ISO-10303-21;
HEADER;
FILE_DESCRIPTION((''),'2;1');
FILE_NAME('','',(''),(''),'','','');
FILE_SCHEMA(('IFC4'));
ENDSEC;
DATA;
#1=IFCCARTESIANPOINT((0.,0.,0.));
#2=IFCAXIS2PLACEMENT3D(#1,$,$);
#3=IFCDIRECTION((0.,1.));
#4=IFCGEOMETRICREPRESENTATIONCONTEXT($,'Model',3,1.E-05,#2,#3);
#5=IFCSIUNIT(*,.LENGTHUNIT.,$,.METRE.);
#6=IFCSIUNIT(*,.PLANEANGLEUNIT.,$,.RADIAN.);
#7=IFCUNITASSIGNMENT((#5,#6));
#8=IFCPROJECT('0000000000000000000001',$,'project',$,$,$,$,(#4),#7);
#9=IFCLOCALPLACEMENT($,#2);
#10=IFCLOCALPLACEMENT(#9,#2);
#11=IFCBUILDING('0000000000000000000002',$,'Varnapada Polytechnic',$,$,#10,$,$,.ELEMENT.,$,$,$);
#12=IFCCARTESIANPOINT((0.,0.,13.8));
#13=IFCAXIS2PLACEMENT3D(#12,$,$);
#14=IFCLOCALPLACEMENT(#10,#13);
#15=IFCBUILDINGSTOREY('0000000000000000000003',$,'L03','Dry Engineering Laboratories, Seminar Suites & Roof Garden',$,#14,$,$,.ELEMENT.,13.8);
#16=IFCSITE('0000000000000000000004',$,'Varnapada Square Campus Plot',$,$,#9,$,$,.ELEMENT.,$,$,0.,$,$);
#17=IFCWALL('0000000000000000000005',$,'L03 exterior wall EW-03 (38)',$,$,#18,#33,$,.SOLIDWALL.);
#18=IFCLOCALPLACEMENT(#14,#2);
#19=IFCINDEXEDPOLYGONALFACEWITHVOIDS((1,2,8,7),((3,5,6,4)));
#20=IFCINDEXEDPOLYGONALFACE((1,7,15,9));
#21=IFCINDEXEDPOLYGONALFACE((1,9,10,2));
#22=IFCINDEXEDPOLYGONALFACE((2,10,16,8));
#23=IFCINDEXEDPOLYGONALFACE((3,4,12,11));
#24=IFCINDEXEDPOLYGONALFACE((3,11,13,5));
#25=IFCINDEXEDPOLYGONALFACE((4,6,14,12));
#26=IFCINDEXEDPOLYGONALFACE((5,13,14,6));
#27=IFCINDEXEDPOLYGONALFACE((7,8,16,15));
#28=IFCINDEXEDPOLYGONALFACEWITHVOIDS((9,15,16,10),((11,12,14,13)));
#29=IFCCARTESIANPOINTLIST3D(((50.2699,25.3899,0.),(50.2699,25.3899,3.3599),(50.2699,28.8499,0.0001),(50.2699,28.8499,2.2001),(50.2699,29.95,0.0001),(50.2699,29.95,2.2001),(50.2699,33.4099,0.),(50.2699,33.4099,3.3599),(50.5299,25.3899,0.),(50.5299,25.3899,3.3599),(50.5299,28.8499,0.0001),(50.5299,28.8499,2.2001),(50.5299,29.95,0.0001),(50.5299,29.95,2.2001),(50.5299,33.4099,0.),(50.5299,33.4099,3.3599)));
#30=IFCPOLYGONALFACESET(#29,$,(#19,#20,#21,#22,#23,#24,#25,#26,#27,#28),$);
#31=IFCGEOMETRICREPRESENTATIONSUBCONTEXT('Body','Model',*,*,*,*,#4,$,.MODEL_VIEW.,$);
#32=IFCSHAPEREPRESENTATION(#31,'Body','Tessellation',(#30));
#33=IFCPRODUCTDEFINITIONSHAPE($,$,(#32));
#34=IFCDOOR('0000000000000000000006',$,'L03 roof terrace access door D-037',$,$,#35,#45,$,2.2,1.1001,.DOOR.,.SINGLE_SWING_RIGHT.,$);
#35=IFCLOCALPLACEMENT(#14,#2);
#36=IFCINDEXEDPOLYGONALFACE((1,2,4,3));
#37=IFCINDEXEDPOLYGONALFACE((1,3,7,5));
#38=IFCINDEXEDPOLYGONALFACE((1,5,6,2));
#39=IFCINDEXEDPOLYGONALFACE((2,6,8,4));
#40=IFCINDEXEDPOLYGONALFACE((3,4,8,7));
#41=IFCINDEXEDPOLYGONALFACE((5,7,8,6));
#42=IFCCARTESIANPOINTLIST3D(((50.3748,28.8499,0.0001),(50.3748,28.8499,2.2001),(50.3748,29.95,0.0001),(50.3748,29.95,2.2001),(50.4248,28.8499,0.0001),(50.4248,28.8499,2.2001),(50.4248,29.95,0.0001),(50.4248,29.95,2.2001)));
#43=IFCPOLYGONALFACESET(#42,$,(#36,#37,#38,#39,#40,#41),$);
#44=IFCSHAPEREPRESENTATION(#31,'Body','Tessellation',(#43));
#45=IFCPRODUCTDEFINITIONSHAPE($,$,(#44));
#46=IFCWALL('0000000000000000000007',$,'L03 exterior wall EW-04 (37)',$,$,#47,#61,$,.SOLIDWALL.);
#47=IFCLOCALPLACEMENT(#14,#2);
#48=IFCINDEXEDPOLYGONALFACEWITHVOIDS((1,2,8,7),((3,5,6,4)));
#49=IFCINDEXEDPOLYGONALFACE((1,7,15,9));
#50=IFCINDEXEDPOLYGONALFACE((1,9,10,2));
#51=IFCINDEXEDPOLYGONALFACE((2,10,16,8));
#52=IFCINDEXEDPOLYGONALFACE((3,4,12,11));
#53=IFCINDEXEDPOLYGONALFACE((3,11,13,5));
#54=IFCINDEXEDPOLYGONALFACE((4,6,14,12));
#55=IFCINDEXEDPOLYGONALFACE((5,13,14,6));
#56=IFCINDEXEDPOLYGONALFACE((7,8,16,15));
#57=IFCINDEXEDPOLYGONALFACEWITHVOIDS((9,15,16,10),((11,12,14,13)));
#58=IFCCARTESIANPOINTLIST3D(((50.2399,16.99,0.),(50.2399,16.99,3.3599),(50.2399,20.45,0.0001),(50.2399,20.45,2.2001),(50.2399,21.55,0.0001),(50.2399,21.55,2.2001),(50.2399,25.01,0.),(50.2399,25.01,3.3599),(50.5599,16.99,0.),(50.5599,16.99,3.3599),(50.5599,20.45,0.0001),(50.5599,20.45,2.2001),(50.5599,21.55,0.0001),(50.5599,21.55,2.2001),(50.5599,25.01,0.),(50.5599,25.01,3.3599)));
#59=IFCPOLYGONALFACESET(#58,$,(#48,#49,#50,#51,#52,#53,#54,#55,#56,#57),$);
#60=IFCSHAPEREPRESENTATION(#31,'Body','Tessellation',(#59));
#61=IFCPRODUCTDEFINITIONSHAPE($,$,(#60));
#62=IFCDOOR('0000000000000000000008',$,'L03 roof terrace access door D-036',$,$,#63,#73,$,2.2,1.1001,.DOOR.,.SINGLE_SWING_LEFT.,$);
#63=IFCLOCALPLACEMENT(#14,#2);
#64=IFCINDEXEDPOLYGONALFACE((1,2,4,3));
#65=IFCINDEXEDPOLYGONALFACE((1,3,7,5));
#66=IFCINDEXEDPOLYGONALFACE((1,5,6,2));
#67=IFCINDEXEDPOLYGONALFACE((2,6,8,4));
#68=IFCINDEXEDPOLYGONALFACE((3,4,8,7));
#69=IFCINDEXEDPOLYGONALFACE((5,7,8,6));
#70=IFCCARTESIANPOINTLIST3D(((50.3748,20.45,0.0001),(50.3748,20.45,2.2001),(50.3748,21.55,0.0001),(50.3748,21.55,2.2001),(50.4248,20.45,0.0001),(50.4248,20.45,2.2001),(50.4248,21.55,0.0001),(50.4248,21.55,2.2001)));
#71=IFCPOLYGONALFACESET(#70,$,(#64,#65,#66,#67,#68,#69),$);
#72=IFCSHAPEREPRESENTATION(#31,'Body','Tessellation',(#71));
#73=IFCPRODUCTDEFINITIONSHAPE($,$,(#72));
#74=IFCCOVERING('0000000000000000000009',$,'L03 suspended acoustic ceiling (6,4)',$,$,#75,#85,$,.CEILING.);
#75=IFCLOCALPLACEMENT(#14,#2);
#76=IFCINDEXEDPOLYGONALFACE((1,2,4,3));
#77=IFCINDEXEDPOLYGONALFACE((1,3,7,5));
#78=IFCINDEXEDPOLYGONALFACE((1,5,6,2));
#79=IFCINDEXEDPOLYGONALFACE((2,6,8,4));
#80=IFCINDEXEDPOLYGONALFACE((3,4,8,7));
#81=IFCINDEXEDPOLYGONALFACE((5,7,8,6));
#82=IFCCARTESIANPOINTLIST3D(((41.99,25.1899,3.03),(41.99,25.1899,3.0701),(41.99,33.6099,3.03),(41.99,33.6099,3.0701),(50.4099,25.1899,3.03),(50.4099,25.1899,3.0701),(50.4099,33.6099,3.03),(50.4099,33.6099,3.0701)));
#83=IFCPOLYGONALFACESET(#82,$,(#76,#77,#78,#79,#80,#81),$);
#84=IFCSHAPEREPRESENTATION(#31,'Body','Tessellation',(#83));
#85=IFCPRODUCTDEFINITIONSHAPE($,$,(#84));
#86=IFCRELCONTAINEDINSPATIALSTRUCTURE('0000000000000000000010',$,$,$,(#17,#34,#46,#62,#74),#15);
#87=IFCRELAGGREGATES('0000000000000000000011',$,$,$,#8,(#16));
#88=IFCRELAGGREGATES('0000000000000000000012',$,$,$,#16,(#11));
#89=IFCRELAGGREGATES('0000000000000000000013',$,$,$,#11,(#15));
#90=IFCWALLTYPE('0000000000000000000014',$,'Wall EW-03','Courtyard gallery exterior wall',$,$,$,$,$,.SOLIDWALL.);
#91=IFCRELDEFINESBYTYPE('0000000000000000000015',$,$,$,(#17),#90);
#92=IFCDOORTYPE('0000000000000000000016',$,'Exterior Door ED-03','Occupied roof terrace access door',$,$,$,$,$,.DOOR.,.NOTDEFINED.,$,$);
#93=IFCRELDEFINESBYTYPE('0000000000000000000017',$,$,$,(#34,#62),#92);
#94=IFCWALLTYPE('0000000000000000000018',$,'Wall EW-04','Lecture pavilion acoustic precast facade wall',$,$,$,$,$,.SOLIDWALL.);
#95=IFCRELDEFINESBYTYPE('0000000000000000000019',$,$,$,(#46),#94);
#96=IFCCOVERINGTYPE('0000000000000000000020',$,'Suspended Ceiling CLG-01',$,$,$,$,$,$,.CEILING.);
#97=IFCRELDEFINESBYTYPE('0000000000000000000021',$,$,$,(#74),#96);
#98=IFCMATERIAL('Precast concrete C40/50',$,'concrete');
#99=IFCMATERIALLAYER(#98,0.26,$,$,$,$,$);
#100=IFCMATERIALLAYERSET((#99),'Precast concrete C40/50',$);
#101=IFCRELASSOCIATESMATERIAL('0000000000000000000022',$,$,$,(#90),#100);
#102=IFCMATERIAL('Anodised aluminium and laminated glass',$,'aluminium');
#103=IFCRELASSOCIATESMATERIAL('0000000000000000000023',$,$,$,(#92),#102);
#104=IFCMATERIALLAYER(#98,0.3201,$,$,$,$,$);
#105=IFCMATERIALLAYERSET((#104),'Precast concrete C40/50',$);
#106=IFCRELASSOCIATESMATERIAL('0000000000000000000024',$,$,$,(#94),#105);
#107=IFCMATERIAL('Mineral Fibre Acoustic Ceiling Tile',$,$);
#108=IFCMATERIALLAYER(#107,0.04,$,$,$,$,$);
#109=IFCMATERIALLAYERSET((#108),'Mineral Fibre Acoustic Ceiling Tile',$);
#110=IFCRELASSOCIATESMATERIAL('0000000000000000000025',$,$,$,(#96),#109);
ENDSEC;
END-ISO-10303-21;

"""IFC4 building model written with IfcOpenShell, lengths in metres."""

from ifc_helpers import new_model, si_unit, direction, frame, frame_2d, origin, origin_2d, place, context, subcontext, project, spatial, rectangle, extrude, material, layer, layer_set, type_object, element, fill, save


model = new_model("IFC4")

# Units and contexts
model_context = context("Model", 3, precision=1e-05, world=origin(), true_north=direction((0.0, 1.0)))
body_context = subcontext(model_context, "Body", "Model", "MODEL_VIEW")
ifc_project = project(units=[si_unit("LENGTHUNIT", "METRE"), si_unit("PLANEANGLEUNIT", "RADIAN")], contexts=[model_context])

# Site, building, storey
site_placement = place(None, origin())
site = spatial("IfcSite", under=ifc_project, at=site_placement, Name="Varnapada Square Campus Plot", CompositionType="ELEMENT", RefElevation=0.0)
building_placement = place(site_placement, origin())
building = spatial("IfcBuilding", under=site, at=building_placement, Name="Varnapada Polytechnic", CompositionType="ELEMENT")
storey_placement = place(building_placement, frame((0.0, 0.0, 13.8)))
storey = spatial("IfcBuildingStorey", under=building, at=storey_placement, Name="L03", Description="Dry Engineering Laboratories, Seminar Suites & Roof Garden", CompositionType="ELEMENT", Elevation=13.8)

# Walls, openings, doors
ifc_material_1 = material(Name="Precast concrete C40/50", Category="concrete")
ifc_layer_1 = layer(ifc_material_1, 0.26)
ifc_layer_set_1 = layer_set([ifc_layer_1], Name="Precast concrete C40/50")
wall_type_1 = type_object("IfcWallType", Name="Wall EW-03", Description="Courtyard gallery exterior wall", PredefinedType="SOLIDWALL", material=ifc_layer_set_1)
wall_1_placement = place(storey_placement, frame((50.3999, 33.4099, 0.0), z_axis=(0.0, 0.0, 1.0), x_axis=(0.0, -1.0, 0.0)))
wall_1 = element("IfcWall", 1, at=wall_1_placement, inside=storey, type_object=wall_type_1, Name="L03 exterior wall EW-03 (38)", PredefinedType="SOLIDWALL", context=body_context, shape_type="SweptSolid", body=[
    extrude(rectangle(XDim=8.02, YDim=0.26, at=frame_2d((4.01, 0.0))), origin(), (0.0, 0.0, 1.0), 3.3599),
])
opening_1_placement = place(wall_1_placement, frame((3.46, 0.0, 0.0)))
opening_1 = element("IfcOpeningElement", 2, at=opening_1_placement, cuts=wall_1, PredefinedType="OPENING", context=body_context, shape_type="SweptSolid", body=[
    extrude(rectangle(XDim=1.1001, YDim=2.2, at=frame_2d((0.55, 1.1001))), frame((0.0, 0.1399, 0.0), z_axis=(0.0, -1.0, 0.0), x_axis=(1.0, 0.0, 0.0)), (0.0, 0.0, 1.0), 0.28),
])
ifc_material_2 = material(Name="Anodised aluminium and laminated glass", Category="aluminium")
door_type_1 = type_object("IfcDoorType", Name="Exterior Door ED-03", Description="Occupied roof terrace access door", OperationType="NOTDEFINED", PredefinedType="DOOR", material=ifc_material_2)
door_1_placement = place(opening_1_placement, origin())
door_1 = element("IfcDoor", 3, at=door_1_placement, inside=storey, type_object=door_type_1, Name="L03 roof terrace access door D-037", OperationType="SINGLE_SWING_RIGHT", OverallHeight=2.2, OverallWidth=1.1001, PredefinedType="DOOR", context=body_context, shape_type="SweptSolid", body=[
    extrude(rectangle(XDim=1.1001, YDim=2.2, at=frame_2d((0.55, 1.1001))), frame((0.0, 0.0249, 0.0), z_axis=(0.0, -1.0, 0.0), x_axis=(1.0, 0.0, 0.0)), (0.0, 0.0, 1.0), 0.05),
])
fill(opening_1, door_1)
ifc_layer_2 = layer(ifc_material_1, 0.3201)
ifc_layer_set_2 = layer_set([ifc_layer_2], Name="Precast concrete C40/50")
wall_type_2 = type_object("IfcWallType", Name="Wall EW-04", Description="Lecture pavilion acoustic precast facade wall", PredefinedType="SOLIDWALL", material=ifc_layer_set_2)
wall_2_placement = place(storey_placement, frame((50.3999, 25.01, 0.0), z_axis=(0.0, 0.0, 1.0), x_axis=(0.0, -1.0, 0.0)))
wall_2 = element("IfcWall", 4, at=wall_2_placement, inside=storey, type_object=wall_type_2, Name="L03 exterior wall EW-04 (37)", PredefinedType="SOLIDWALL", context=body_context, shape_type="SweptSolid", body=[
    extrude(rectangle(XDim=8.02, YDim=0.3201, at=frame_2d((4.01, 0.0))), origin(), (0.0, 0.0, 1.0), 3.3599),
])
opening_2_placement = place(wall_2_placement, frame((3.46, 0.0, 0.0)))
opening_2 = element("IfcOpeningElement", 5, at=opening_2_placement, cuts=wall_2, PredefinedType="OPENING", context=body_context, shape_type="SweptSolid", body=[
    extrude(rectangle(XDim=1.1001, YDim=2.2, at=frame_2d((0.55, 1.1001))), frame((0.0, 0.1699, 0.0), z_axis=(0.0, -1.0, 0.0), x_axis=(1.0, 0.0, 0.0)), (0.0, 0.0, 1.0), 0.3401),
])
door_2_placement = place(opening_2_placement, origin())
door_2 = element("IfcDoor", 6, at=door_2_placement, inside=storey, type_object=door_type_1, Name="L03 roof terrace access door D-036", OperationType="SINGLE_SWING_LEFT", OverallHeight=2.2, OverallWidth=1.1001, PredefinedType="DOOR", context=body_context, shape_type="SweptSolid", body=[
    extrude(rectangle(XDim=1.1001, YDim=2.2, at=frame_2d((0.55, 1.1001))), frame((0.0, 0.0249, 0.0), z_axis=(0.0, -1.0, 0.0), x_axis=(1.0, 0.0, 0.0)), (0.0, 0.0, 1.0), 0.05),
])
fill(opening_2, door_2)

# Covering
ifc_material_3 = material(Name="Mineral Fibre Acoustic Ceiling Tile")
ifc_layer_3 = layer(ifc_material_3, 0.04)
ifc_layer_set_3 = layer_set([ifc_layer_3], Name="Mineral Fibre Acoustic Ceiling Tile")
covering_type = type_object("IfcCoveringType", Name="Suspended Ceiling CLG-01", PredefinedType="CEILING", material=ifc_layer_set_3)
covering_placement = place(storey_placement, frame((46.2, 29.3999, 3.03), z_axis=(0.0, 0.0, 1.0), x_axis=(1.0, 0.0, 0.0)))
element("IfcCovering", 7, at=covering_placement, inside=storey, type_object=covering_type, Name="L03 suspended acoustic ceiling (6,4)", PredefinedType="CEILING", context=body_context, shape_type="SweptSolid", body=[
    extrude(rectangle(XDim=8.4199, YDim=8.4199, at=origin_2d()), origin(), (0.0, 0.0, 1.0), 0.04),
])

save(model, "model.ifc")
